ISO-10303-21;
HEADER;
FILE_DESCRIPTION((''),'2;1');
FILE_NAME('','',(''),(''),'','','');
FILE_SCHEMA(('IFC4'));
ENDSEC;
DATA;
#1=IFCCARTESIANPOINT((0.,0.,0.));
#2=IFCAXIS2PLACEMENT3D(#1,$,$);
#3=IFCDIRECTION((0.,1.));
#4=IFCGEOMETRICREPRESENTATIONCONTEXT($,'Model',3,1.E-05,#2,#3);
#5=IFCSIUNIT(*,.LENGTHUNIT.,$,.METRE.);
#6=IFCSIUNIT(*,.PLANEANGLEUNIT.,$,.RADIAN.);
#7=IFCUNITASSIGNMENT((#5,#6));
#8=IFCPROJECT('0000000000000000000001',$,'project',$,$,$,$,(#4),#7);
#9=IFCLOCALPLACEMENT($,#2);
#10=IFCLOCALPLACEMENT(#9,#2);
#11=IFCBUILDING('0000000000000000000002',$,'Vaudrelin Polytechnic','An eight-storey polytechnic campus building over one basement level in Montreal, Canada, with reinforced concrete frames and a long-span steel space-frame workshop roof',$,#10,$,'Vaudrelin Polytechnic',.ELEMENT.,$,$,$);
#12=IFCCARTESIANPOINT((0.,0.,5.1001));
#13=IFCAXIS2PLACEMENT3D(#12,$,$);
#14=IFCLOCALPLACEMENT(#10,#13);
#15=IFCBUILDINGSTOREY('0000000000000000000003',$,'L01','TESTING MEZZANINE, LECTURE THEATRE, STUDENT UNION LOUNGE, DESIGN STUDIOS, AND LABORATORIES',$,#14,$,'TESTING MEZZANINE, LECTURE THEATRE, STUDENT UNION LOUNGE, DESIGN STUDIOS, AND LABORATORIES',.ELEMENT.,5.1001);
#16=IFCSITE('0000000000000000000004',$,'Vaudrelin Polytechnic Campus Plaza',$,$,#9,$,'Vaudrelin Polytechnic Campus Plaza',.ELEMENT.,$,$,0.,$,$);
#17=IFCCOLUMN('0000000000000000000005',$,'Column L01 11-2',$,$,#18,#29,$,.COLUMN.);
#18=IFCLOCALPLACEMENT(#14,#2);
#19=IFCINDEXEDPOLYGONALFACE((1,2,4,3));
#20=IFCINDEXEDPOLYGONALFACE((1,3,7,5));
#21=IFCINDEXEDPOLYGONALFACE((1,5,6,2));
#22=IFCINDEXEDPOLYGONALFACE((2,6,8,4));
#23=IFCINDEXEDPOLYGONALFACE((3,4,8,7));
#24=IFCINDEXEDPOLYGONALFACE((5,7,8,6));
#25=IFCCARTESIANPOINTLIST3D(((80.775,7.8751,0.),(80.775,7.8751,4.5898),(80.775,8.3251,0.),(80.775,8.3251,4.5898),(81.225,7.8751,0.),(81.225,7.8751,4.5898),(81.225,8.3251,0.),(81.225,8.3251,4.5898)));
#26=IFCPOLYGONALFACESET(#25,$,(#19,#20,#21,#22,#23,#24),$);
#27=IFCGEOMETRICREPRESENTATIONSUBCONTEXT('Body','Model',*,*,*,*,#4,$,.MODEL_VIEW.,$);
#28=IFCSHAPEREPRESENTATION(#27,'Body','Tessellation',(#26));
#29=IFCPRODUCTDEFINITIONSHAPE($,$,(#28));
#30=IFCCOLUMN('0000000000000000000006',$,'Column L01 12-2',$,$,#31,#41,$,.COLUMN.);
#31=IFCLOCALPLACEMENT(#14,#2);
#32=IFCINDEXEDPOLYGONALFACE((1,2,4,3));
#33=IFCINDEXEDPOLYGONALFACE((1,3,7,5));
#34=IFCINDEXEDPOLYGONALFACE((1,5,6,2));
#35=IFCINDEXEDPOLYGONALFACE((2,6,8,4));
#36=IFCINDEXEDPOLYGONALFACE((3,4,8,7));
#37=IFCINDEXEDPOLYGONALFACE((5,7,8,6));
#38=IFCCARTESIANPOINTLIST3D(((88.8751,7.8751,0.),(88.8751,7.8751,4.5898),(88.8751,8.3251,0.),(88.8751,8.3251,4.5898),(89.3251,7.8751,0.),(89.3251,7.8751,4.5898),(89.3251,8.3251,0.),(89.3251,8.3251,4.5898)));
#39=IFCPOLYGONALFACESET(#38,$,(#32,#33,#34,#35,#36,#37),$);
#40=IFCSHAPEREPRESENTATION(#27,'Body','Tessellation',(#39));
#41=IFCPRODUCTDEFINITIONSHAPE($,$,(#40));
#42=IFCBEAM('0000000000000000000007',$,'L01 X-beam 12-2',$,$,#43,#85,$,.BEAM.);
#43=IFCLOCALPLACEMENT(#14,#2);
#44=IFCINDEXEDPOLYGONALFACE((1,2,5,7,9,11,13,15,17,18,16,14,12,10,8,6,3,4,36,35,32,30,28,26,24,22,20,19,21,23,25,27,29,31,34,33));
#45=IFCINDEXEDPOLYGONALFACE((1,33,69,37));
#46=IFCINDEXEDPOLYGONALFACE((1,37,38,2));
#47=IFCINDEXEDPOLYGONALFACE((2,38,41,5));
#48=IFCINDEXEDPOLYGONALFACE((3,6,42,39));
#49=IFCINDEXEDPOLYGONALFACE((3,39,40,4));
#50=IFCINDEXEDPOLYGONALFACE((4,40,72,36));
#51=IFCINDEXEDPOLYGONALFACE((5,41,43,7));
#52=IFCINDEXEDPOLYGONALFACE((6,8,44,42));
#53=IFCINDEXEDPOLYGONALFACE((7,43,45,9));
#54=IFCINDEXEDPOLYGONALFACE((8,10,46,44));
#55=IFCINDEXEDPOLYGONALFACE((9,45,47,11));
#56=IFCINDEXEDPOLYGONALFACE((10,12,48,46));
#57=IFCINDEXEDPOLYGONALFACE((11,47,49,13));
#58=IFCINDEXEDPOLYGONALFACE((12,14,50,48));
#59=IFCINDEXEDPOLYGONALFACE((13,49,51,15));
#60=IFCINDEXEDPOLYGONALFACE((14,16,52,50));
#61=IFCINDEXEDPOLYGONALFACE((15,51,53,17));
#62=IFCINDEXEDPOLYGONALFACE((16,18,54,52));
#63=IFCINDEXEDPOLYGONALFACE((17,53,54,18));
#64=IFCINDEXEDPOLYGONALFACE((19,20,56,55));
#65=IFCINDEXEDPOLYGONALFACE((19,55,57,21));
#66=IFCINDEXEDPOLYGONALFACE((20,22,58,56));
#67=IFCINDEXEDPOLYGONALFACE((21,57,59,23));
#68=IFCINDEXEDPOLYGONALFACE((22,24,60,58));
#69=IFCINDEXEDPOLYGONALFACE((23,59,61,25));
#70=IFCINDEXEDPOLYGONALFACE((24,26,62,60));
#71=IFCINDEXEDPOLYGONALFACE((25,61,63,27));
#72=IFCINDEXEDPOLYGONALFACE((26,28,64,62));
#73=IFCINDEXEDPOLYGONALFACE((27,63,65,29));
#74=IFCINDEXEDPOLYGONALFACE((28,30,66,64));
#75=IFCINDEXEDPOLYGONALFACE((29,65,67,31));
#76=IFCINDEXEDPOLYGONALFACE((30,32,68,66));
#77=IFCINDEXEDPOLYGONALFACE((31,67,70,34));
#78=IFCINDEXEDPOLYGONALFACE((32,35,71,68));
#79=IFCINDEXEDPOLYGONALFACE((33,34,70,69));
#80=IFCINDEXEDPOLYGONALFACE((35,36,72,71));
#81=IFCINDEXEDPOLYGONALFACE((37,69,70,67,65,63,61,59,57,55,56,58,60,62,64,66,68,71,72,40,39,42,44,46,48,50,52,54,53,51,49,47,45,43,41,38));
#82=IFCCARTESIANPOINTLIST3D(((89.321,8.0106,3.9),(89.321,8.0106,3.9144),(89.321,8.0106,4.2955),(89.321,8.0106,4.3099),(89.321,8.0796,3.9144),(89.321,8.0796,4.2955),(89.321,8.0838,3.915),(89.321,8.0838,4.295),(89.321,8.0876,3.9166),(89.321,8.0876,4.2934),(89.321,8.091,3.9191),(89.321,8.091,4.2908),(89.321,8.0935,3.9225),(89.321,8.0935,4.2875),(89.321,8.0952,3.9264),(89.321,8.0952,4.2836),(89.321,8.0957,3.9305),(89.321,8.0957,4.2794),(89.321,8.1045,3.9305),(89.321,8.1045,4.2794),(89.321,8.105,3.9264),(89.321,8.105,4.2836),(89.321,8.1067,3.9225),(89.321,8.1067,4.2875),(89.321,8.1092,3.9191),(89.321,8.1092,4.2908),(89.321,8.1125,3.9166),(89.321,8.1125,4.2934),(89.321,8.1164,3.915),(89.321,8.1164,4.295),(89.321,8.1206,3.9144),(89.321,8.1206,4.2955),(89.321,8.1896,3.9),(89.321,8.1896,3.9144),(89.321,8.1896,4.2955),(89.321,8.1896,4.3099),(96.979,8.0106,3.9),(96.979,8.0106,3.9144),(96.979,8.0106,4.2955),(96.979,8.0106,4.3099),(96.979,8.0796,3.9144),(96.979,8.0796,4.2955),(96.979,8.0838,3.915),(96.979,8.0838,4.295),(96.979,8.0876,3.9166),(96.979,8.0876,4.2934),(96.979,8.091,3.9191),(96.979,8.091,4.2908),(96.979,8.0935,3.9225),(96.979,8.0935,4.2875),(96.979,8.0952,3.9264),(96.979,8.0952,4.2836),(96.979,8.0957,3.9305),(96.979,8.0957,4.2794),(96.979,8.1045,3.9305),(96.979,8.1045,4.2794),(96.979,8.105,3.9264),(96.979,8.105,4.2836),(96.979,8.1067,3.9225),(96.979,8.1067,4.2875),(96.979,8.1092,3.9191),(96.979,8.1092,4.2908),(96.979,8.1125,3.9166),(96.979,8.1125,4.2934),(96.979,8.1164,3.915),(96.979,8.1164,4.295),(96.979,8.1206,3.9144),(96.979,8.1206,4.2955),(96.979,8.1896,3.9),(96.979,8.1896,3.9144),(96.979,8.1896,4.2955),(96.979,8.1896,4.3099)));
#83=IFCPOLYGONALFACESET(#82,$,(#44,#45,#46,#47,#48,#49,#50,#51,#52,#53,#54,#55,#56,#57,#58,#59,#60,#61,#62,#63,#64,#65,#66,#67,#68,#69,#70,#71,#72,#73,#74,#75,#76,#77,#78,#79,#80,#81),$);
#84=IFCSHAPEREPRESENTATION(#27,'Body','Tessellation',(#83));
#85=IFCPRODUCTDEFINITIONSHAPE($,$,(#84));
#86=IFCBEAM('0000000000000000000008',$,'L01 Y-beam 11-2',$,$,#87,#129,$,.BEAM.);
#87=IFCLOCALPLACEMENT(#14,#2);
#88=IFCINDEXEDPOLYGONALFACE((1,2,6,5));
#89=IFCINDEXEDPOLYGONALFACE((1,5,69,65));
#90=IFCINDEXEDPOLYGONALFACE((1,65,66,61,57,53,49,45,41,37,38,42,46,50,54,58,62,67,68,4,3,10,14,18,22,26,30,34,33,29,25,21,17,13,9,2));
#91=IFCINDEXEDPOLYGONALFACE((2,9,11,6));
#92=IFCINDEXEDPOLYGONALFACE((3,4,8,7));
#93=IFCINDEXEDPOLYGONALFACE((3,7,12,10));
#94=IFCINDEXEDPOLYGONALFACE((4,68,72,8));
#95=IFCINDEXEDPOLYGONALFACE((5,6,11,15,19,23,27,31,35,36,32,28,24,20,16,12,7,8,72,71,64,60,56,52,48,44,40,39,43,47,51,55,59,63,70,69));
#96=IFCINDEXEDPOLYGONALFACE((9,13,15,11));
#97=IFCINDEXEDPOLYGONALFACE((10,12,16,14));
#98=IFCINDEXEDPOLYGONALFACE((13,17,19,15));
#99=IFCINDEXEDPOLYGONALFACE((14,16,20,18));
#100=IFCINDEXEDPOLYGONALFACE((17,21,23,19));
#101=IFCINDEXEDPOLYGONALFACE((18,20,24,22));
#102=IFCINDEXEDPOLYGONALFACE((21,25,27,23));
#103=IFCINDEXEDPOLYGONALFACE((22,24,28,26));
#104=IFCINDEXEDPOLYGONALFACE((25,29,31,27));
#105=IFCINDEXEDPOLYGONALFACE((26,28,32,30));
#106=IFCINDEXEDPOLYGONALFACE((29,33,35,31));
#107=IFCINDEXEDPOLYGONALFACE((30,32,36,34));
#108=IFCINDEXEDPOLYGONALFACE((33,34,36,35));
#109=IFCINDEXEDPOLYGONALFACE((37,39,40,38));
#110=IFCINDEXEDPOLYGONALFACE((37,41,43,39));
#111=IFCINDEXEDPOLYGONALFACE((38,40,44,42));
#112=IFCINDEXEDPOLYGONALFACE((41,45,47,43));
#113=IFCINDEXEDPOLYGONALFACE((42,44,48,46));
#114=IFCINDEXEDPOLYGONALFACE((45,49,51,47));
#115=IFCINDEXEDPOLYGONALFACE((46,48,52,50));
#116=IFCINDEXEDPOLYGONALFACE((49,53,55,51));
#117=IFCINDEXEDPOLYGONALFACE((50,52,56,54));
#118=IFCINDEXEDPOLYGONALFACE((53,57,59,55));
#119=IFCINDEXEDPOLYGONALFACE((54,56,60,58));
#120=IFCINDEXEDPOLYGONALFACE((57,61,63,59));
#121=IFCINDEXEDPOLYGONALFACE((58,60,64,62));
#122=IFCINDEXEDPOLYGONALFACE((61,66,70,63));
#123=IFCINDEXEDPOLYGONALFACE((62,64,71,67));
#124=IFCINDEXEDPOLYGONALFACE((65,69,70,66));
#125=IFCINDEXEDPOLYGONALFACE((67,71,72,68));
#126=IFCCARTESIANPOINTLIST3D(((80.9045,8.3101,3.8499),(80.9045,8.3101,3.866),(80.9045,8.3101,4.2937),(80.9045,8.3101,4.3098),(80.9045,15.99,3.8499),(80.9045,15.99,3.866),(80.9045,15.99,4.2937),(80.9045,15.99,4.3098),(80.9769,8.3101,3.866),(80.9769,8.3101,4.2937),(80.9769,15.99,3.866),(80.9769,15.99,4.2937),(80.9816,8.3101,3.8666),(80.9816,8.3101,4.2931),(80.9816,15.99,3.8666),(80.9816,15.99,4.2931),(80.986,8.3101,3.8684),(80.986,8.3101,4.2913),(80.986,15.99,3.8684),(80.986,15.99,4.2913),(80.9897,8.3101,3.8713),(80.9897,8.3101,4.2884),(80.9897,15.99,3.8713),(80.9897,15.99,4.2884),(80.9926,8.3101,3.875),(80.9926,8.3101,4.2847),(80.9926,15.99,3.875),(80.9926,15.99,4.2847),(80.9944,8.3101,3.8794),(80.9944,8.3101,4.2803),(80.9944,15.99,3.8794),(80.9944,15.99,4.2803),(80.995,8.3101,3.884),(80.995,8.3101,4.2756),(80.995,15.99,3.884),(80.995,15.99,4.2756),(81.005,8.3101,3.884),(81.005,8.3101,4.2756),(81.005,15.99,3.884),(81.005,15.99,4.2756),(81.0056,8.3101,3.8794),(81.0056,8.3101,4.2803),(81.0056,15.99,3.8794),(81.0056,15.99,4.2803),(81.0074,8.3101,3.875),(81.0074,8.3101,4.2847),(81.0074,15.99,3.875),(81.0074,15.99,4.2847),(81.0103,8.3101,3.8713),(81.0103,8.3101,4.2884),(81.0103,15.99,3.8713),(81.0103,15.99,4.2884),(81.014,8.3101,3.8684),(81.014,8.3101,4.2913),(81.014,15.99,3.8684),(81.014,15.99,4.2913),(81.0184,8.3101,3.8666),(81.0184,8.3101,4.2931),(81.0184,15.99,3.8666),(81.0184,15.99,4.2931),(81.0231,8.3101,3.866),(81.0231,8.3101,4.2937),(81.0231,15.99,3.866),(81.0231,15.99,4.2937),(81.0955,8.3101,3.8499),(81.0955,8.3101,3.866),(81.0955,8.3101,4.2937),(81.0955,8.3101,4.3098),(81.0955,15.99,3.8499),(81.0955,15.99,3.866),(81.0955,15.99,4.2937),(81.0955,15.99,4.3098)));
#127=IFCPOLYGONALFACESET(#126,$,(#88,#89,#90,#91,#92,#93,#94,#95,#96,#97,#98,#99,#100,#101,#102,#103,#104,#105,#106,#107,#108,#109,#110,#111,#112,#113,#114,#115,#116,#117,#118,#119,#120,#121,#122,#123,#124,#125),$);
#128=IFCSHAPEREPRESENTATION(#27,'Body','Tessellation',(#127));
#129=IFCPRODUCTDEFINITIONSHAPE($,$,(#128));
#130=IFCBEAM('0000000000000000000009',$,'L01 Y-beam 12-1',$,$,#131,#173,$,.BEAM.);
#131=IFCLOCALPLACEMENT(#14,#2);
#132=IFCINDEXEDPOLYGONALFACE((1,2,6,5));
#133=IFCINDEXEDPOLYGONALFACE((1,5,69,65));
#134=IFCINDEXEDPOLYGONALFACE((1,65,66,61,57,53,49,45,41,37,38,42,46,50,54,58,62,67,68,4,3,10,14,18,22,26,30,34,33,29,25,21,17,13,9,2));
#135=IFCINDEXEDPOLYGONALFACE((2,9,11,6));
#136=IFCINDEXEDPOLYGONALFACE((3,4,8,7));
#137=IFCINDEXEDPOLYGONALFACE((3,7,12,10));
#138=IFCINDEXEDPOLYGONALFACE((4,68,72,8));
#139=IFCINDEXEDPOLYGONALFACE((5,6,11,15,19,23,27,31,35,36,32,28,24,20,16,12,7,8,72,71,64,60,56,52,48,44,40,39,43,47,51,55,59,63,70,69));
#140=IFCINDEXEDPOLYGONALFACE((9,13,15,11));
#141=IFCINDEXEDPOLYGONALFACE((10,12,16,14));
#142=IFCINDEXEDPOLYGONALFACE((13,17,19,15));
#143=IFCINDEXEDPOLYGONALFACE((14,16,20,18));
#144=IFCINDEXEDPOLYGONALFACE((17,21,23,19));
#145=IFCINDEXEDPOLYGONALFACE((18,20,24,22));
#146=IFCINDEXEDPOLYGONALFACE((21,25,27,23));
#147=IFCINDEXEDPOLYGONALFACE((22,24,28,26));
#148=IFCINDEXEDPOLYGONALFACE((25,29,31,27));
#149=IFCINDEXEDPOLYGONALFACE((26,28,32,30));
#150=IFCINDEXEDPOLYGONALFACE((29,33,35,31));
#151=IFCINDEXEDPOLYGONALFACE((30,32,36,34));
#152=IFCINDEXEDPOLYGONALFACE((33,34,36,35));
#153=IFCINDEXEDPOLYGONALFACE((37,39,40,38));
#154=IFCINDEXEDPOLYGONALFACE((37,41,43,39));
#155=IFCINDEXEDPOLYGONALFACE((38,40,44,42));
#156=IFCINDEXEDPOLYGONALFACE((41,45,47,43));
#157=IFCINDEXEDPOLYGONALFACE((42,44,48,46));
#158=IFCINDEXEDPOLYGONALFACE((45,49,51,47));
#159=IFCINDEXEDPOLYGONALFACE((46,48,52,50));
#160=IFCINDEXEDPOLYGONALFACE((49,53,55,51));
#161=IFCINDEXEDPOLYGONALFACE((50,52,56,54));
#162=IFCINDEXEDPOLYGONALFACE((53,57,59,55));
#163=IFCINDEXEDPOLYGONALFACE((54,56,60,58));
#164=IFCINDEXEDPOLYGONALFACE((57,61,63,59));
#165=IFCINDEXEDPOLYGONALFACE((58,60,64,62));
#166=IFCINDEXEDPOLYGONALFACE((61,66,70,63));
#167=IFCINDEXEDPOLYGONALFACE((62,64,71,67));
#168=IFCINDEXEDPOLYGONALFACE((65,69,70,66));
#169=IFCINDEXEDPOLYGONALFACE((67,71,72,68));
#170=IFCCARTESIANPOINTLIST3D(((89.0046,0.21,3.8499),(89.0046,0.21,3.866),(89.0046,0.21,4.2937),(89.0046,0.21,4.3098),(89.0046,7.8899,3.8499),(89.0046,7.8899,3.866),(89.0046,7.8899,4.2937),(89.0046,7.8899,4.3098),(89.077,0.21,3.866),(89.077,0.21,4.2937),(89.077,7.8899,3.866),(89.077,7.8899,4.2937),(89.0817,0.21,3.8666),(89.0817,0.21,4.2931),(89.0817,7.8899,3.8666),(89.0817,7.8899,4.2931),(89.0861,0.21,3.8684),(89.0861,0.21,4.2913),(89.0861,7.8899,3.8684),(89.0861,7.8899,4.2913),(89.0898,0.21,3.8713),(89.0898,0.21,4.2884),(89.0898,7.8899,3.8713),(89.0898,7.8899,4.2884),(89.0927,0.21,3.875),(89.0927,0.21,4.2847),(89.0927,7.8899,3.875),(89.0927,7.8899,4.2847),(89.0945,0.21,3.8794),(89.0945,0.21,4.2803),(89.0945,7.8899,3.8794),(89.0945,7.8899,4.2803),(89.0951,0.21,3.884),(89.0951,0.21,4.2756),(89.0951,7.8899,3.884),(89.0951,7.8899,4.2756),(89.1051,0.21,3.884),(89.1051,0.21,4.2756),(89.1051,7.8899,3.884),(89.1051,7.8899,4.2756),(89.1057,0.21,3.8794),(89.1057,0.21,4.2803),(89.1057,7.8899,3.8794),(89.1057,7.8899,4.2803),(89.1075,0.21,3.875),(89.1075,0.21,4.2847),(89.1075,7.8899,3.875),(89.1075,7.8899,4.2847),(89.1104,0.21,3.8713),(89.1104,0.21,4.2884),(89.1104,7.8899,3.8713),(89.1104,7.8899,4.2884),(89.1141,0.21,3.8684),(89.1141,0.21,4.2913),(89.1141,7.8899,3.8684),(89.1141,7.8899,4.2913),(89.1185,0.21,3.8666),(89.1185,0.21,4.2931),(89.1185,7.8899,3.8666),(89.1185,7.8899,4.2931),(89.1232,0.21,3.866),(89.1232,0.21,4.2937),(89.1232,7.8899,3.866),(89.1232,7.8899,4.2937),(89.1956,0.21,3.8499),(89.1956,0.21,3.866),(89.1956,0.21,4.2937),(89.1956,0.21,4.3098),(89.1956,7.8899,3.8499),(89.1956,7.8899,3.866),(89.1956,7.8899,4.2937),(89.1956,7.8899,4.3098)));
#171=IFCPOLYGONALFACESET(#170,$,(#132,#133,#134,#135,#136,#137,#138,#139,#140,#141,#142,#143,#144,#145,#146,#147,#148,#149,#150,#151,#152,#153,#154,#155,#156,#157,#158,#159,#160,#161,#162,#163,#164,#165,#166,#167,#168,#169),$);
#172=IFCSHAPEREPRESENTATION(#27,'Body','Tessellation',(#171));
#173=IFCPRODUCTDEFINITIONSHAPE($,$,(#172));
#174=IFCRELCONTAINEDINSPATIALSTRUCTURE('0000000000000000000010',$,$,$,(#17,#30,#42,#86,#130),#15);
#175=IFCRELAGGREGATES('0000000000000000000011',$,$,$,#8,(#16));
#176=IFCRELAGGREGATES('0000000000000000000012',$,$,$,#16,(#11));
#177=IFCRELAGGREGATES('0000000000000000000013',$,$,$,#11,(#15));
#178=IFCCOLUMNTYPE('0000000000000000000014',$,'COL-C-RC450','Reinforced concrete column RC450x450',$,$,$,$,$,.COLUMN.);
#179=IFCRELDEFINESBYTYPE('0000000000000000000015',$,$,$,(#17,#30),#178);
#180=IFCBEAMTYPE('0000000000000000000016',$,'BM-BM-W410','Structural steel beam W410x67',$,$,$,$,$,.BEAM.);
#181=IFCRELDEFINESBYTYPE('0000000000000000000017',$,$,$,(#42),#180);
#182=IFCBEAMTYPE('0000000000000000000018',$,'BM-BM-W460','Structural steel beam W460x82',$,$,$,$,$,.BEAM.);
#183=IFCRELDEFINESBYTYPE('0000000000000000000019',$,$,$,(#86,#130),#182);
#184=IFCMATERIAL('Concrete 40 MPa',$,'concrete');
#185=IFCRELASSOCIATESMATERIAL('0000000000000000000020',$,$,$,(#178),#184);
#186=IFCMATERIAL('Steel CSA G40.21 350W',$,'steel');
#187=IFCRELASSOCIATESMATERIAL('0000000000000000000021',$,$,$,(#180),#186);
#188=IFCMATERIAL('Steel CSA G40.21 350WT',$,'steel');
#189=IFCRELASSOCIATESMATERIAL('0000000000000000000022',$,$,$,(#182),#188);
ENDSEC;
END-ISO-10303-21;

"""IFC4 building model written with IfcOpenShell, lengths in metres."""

from ifc_helpers import new_model, si_unit, direction, frame, origin, origin_2d, place, context, subcontext, project, spatial, rectangle, i_section, extrude, material, material_profile, profile_set, type_object, element, save


model = new_model("IFC4")

# Units and contexts
model_context = context("Model", 3, precision=1e-05, world=origin(), true_north=direction((0.0, 1.0)))
body_context = subcontext(model_context, "Body", "Model", "MODEL_VIEW")
ifc_project = project(units=[si_unit("LENGTHUNIT", "METRE"), si_unit("PLANEANGLEUNIT", "RADIAN")], contexts=[model_context])

# Site, building, storey
site_placement = place(None, origin())
site = spatial("IfcSite", under=ifc_project, at=site_placement, Name="Vaudrelin Polytechnic Campus Plaza", LongName="Vaudrelin Polytechnic Campus Plaza", CompositionType="ELEMENT", RefElevation=0.0)
building_placement = place(site_placement, origin())
building = spatial("IfcBuilding", under=site, at=building_placement, Name="Vaudrelin Polytechnic", Description="An eight-storey polytechnic campus building over one basement level in Montreal, Canada, with reinforced concrete frames and a long-span steel space-frame workshop roof", LongName="Vaudrelin Polytechnic", CompositionType="ELEMENT")
storey_placement = place(building_placement, frame((0.0, 0.0, 5.1001)))
storey = spatial("IfcBuildingStorey", under=building, at=storey_placement, Name="L01", Description="TESTING MEZZANINE, LECTURE THEATRE, STUDENT UNION LOUNGE, DESIGN STUDIOS, AND LABORATORIES", LongName="TESTING MEZZANINE, LECTURE THEATRE, STUDENT UNION LOUNGE, DESIGN STUDIOS, AND LABORATORIES", CompositionType="ELEMENT", Elevation=5.1001)

# Columns
ifc_material_1 = material(Name="Concrete 40 MPa", Category="concrete")
ifc_material_profile_1 = material_profile(ifc_material_1, rectangle(XDim=0.45, YDim=0.45, at=origin_2d()), Name="RC450x450")
ifc_profile_set_1 = profile_set([ifc_material_profile_1], Name="Concrete 40 MPa")
column_type = type_object("IfcColumnType", Name="COL-C-RC450", Description="Reinforced concrete column RC450x450", PredefinedType="COLUMN", material=ifc_profile_set_1)
for number, where, z_axis, x_axis, name in (
    (1, (81.0, 8.1001, 0.0), (0.0, 0.0, 1.0), (1.0, 0.0, 0.0), "Column L01 11-2"),
    (2, (89.1001, 8.1001, 0.0), (0.0, 0.0, 1.0), (1.0, 0.0, 0.0), "Column L01 12-2"),
):
    element("IfcColumn", number, at=place(storey_placement, frame(where, z_axis=z_axis, x_axis=x_axis)), inside=storey, type_object=column_type, Name=name, PredefinedType="COLUMN", context=body_context, shape_type="SweptSolid", body=[
        extrude(rectangle(XDim=0.45, YDim=0.45, at=origin_2d()), origin(), (0.0, 0.0, 1.0), 4.5898),
    ])

# Beams
ifc_material_2 = material(Name="Steel CSA G40.21 350W", Category="steel")
ifc_material_profile_2 = material_profile(ifc_material_2, i_section(OverallWidth=0.179, OverallDepth=0.4099, WebThickness=0.0088, FlangeThickness=0.0144, FilletRadius=0.0161, at=origin_2d()), Name="W410x67")
ifc_profile_set_2 = profile_set([ifc_material_profile_2], Name="Steel CSA G40.21 350W")
beam_type_1 = type_object("IfcBeamType", Name="BM-BM-W410", Description="Structural steel beam W410x67", PredefinedType="BEAM", material=ifc_profile_set_2)
beam_1_placement = place(storey_placement, frame((89.321, 8.1001, 4.105), z_axis=(1.0, 0.0, 0.0), x_axis=(0.0, 1.0, 0.0)))
element("IfcBeam", 3, at=beam_1_placement, inside=storey, type_object=beam_type_1, Name="L01 X-beam 12-2", PredefinedType="BEAM", context=body_context, shape_type="SweptSolid", body=[
    extrude(i_section(OverallWidth=0.179, OverallDepth=0.4099, WebThickness=0.0088, FlangeThickness=0.0144, FilletRadius=0.0161, at=origin_2d()), origin(), (0.0, 0.0, 1.0), 7.658),
])
ifc_material_3 = material(Name="Steel CSA G40.21 350WT", Category="steel")
ifc_material_profile_3 = material_profile(ifc_material_3, i_section(OverallWidth=0.1909, OverallDepth=0.46, WebThickness=0.01, FlangeThickness=0.0161, FilletRadius=0.0181, at=origin_2d()), Name="W460x82")
ifc_profile_set_3 = profile_set([ifc_material_profile_3], Name="Steel CSA G40.21 350WT")
beam_type_2 = type_object("IfcBeamType", Name="BM-BM-W460", Description="Structural steel beam W460x82", PredefinedType="BEAM", material=ifc_profile_set_3)
for number, where, z_axis, x_axis, name in (
    (4, (81.0, 8.3101, 4.0798), (0.0, 1.0, 0.0), (-1.0, 0.0, 0.0), "L01 Y-beam 11-2"),
    (5, (89.1001, 0.21, 4.0798), (0.0, 1.0, 0.0), (-1.0, 0.0, 0.0), "L01 Y-beam 12-1"),
):
    element("IfcBeam", number, at=place(storey_placement, frame(where, z_axis=z_axis, x_axis=x_axis)), inside=storey, type_object=beam_type_2, Name=name, PredefinedType="BEAM", context=body_context, shape_type="SweptSolid", body=[
        extrude(i_section(OverallWidth=0.1909, OverallDepth=0.46, WebThickness=0.01, FlangeThickness=0.0161, FilletRadius=0.0181, at=origin_2d()), origin(), (0.0, 0.0, 1.0), 7.6799),
    ])

save(model, "model.ifc")
